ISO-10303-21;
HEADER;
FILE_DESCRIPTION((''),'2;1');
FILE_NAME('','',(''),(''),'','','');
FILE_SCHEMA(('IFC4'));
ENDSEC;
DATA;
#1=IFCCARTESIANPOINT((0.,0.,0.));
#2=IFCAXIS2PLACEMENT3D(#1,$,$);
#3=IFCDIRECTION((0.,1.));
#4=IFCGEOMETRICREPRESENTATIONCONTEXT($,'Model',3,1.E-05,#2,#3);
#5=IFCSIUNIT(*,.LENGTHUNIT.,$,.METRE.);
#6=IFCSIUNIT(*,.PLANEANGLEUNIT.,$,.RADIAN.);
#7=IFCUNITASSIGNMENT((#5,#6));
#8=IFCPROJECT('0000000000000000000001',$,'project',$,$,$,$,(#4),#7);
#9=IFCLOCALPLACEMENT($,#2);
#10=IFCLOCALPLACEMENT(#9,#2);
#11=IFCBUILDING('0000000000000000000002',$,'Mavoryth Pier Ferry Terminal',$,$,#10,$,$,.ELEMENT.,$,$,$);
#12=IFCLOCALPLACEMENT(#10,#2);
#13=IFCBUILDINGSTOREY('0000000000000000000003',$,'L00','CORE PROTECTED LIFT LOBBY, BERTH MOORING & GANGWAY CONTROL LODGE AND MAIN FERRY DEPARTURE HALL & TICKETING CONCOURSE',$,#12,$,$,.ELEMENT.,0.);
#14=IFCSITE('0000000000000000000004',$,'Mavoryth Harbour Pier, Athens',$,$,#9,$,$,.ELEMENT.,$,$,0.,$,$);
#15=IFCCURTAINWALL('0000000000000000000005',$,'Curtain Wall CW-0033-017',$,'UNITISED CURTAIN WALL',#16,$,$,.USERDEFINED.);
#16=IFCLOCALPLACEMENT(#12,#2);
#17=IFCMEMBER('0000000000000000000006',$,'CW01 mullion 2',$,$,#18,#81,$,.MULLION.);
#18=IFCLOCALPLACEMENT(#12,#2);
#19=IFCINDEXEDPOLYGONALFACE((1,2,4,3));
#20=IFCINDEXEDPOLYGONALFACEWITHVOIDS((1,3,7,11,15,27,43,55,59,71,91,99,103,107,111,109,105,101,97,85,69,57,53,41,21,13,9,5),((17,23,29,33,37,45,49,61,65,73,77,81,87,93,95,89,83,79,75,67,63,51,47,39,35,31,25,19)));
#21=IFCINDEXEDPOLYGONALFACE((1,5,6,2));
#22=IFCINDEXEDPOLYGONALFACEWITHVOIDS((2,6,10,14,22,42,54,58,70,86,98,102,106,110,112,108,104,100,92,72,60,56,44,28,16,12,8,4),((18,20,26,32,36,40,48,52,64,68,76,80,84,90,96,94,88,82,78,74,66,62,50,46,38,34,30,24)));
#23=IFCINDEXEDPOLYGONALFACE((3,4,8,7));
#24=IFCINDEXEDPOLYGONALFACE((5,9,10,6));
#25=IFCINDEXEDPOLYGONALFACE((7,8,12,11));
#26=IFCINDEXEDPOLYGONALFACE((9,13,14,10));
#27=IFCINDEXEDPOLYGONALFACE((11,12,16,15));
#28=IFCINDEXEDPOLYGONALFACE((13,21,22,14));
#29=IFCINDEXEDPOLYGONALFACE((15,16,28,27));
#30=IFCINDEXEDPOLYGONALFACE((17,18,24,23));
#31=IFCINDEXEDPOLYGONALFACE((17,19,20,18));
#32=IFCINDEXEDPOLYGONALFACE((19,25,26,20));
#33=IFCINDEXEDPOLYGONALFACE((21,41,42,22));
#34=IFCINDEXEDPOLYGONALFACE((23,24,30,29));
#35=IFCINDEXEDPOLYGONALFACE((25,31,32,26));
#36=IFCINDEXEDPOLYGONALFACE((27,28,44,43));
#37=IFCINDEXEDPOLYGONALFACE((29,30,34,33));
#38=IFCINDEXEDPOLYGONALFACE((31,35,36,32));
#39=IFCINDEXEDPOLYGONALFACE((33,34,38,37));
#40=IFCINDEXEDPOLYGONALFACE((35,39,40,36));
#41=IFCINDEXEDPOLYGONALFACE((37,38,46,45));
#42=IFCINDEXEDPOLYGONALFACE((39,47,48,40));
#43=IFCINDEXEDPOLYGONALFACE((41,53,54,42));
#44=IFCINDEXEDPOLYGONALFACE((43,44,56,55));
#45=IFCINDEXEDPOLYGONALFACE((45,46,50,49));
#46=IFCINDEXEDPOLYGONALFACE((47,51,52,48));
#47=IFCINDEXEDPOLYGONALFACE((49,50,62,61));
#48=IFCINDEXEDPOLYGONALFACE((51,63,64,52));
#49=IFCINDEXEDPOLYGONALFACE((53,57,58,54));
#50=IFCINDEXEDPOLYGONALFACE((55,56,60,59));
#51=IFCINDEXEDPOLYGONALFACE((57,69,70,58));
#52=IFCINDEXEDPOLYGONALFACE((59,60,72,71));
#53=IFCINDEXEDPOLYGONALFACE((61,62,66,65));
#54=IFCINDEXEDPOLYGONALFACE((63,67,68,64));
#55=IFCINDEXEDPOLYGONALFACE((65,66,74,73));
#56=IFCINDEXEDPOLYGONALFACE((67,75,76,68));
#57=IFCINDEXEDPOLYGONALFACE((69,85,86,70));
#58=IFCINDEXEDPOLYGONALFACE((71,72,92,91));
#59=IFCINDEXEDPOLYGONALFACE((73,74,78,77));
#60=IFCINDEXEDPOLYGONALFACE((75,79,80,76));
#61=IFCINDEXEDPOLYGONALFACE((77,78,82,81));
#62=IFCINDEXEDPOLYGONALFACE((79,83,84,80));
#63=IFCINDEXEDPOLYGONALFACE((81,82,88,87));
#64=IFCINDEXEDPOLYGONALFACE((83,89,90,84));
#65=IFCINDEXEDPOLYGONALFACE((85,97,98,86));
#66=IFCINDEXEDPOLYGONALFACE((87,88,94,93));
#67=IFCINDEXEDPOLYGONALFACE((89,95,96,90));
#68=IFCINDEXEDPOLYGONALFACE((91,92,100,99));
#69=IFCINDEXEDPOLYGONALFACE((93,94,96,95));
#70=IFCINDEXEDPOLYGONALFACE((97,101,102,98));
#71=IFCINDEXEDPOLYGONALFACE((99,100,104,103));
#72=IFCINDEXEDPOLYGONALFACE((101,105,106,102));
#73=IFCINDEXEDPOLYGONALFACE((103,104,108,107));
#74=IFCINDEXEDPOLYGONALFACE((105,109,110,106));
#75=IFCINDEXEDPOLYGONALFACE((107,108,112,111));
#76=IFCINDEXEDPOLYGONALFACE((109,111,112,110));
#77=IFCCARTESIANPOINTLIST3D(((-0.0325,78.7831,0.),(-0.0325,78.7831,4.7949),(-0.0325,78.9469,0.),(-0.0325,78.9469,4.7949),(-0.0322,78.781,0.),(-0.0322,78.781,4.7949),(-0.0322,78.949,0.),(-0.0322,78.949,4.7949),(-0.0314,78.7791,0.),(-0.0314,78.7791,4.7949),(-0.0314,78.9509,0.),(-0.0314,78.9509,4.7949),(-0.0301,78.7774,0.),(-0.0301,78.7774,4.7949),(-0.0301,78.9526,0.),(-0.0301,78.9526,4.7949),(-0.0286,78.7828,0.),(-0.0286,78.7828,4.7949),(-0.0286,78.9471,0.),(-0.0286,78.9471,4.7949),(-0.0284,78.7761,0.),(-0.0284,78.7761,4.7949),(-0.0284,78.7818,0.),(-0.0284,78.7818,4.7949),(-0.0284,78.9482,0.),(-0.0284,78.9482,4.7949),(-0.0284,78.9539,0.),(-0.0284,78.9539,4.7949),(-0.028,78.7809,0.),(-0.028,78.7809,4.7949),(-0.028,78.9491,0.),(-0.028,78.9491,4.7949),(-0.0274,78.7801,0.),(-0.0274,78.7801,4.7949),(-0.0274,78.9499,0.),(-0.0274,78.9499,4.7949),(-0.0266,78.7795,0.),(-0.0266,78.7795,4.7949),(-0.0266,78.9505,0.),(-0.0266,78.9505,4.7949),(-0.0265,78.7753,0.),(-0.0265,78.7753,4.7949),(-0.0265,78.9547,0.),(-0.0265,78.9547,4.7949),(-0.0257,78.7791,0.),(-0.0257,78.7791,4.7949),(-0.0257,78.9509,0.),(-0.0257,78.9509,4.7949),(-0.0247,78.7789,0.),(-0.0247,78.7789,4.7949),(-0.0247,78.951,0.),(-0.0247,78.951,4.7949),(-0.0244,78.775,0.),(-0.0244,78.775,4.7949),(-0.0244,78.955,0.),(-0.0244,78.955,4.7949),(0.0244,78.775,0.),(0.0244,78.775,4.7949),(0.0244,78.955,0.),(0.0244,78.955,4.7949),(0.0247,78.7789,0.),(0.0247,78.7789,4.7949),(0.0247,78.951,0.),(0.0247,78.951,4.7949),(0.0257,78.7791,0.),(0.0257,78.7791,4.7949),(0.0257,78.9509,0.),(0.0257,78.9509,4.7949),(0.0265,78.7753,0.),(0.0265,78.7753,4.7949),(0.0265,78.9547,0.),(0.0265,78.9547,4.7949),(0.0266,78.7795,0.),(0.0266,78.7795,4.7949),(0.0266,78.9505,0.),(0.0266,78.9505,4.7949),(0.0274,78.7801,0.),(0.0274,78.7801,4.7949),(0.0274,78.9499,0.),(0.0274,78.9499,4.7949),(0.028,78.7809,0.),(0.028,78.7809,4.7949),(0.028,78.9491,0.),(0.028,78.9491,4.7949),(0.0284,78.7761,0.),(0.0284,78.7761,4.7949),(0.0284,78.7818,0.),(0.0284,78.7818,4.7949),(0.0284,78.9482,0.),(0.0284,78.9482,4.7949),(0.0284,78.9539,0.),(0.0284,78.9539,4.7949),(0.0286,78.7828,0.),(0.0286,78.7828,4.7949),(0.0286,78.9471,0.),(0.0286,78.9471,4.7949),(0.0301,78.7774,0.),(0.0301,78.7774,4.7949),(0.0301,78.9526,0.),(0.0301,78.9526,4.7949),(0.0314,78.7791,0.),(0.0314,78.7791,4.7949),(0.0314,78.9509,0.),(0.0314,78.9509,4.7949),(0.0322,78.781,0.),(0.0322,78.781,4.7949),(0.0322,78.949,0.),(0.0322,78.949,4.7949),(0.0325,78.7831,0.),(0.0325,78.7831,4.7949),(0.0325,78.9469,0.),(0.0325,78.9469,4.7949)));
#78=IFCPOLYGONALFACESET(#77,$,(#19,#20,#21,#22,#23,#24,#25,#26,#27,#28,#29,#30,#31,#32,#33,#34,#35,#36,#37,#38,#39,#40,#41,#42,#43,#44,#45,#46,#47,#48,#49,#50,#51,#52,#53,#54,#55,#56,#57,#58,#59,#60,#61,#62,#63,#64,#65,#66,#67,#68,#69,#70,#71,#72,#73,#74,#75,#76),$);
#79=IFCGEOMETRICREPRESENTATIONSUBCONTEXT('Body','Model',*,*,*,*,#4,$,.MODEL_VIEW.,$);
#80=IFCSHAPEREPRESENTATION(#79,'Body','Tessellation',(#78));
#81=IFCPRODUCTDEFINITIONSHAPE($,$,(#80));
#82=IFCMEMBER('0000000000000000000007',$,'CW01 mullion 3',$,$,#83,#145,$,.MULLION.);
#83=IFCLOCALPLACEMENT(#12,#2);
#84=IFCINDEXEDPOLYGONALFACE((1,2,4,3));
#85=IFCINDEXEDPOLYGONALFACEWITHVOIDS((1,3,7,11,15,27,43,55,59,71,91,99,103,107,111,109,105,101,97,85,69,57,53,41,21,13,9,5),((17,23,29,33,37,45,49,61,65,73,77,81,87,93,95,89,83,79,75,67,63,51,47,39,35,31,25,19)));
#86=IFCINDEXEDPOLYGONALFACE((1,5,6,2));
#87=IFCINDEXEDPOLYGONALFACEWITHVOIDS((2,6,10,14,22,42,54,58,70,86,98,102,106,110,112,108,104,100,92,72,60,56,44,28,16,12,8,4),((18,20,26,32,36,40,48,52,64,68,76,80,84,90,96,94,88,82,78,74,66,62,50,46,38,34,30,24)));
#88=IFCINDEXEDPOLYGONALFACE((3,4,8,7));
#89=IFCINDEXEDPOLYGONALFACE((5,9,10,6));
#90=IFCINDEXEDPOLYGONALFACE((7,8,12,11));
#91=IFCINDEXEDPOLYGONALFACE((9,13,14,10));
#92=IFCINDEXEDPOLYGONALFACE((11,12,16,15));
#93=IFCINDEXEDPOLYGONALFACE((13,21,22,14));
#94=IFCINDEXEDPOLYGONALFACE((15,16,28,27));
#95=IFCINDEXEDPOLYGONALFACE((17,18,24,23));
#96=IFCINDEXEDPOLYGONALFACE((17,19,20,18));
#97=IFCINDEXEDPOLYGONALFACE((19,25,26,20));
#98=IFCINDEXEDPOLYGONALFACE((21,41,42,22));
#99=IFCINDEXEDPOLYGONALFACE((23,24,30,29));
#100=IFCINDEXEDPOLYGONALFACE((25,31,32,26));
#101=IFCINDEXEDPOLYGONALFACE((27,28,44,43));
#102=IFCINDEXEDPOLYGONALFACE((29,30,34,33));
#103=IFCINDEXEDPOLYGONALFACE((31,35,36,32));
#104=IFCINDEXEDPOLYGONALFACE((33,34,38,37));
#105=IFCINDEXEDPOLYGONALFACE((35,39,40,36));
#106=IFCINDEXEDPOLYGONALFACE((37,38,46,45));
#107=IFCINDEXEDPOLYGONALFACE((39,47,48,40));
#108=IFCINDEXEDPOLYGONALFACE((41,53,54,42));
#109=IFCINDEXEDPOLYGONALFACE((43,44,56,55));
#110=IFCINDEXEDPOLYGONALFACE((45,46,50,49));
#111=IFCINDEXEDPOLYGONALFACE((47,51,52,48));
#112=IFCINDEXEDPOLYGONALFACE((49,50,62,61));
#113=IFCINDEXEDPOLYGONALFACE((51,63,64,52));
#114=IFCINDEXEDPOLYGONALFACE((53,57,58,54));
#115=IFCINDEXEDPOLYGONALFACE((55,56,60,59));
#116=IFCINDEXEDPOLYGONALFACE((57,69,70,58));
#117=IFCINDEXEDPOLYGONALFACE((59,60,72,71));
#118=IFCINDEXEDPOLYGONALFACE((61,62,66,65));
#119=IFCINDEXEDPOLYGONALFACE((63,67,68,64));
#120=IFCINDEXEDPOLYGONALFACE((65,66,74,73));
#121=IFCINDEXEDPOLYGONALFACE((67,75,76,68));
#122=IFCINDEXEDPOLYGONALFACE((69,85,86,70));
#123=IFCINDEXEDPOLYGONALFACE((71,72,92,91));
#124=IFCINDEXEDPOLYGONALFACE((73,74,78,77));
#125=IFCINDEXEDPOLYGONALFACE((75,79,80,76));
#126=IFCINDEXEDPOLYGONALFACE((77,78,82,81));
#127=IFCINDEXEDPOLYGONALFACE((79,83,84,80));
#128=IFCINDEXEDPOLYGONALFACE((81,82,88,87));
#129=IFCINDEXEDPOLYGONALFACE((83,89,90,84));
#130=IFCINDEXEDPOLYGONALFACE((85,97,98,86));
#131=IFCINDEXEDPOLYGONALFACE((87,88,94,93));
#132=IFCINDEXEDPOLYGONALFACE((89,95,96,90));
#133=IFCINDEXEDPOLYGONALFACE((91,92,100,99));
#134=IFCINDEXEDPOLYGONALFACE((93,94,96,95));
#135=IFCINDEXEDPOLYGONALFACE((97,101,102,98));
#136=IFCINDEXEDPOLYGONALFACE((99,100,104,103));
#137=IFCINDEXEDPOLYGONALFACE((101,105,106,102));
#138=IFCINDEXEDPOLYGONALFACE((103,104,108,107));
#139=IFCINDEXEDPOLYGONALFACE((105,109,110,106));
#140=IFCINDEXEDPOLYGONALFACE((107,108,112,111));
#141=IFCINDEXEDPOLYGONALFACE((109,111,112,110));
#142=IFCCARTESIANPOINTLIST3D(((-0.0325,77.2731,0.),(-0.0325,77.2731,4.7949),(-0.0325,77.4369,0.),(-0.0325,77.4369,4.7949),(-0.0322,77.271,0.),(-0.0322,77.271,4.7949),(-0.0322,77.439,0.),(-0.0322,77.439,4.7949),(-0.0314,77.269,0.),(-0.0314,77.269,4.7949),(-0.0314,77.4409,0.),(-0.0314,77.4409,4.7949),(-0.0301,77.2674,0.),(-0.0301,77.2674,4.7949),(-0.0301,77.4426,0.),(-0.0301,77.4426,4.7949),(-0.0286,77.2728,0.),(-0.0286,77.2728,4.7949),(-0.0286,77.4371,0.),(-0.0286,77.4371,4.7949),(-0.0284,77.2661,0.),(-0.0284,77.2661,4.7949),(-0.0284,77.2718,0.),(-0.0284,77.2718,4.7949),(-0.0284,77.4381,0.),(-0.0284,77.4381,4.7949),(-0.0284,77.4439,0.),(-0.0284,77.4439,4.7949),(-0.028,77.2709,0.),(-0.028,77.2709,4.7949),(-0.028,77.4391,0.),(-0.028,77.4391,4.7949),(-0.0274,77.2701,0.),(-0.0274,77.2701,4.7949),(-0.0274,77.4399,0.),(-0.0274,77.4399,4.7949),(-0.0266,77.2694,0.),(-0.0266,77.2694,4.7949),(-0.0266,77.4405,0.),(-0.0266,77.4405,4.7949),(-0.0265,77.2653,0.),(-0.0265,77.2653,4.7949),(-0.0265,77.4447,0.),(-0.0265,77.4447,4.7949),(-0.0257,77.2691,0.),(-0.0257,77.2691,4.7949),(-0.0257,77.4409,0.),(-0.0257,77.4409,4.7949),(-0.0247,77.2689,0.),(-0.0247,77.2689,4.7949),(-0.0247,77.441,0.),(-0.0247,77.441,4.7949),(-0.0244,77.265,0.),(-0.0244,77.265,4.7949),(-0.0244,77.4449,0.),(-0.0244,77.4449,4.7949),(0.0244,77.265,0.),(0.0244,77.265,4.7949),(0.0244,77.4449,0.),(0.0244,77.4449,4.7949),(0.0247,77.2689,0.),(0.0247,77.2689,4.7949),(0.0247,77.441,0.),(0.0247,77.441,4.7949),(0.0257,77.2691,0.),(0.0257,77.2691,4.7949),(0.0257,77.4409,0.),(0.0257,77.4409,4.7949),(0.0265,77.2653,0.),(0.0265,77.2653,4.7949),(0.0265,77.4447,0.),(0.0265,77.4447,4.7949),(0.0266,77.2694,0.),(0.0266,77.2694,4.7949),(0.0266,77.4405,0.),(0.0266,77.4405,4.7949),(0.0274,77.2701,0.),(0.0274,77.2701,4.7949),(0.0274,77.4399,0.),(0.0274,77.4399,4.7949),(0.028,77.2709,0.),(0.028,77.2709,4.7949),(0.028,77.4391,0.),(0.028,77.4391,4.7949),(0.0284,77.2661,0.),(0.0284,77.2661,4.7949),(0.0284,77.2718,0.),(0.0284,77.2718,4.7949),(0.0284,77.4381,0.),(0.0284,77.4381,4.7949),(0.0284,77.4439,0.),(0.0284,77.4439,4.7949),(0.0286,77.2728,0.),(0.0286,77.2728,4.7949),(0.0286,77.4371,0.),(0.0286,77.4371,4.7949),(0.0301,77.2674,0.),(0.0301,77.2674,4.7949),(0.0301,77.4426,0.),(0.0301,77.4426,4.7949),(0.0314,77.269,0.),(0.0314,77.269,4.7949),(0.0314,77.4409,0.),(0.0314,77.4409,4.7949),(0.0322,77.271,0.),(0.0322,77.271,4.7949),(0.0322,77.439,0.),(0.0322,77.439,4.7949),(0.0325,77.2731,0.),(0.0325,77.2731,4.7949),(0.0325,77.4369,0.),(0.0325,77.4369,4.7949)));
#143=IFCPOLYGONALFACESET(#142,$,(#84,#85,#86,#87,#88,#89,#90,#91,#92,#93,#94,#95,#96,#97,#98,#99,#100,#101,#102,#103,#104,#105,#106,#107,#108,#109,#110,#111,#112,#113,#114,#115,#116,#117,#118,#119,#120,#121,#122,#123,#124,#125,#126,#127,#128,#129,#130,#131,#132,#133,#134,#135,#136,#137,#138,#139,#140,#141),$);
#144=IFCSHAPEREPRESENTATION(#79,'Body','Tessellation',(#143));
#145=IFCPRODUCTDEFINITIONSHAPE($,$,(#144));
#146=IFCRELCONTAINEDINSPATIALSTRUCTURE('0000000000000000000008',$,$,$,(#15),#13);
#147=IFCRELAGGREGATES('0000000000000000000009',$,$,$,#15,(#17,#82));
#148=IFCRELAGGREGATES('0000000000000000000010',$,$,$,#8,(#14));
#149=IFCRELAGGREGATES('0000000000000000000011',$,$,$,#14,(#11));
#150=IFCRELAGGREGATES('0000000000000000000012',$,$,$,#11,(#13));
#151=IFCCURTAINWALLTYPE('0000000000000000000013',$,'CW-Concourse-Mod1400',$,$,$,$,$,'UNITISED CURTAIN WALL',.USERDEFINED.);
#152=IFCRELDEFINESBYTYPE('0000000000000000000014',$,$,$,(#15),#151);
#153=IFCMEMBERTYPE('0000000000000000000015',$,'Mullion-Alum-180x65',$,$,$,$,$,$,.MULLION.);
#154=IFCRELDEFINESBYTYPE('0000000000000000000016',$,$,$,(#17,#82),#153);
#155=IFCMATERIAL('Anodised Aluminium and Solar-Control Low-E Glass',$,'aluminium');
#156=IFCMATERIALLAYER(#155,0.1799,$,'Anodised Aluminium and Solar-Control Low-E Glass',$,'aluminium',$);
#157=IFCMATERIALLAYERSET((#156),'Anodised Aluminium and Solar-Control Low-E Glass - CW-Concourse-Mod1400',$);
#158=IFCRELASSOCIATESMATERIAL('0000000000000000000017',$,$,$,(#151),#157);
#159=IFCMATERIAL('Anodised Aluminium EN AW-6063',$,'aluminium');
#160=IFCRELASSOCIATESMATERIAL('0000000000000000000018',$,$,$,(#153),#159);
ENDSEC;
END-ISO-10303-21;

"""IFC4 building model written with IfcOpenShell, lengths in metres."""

from ifc_helpers import new_model, si_unit, direction, frame, origin, origin_2d, place, context, subcontext, project, spatial, hollow_rectangle, extrude, material, layer, layer_set, material_profile, profile_set, type_object, element, aggregate, save


model = new_model("IFC4")

# Units and contexts
model_context = context("Model", 3, precision=1e-05, world=origin(), true_north=direction((0.0, 1.0)))
body_context = subcontext(model_context, "Body", "Model", "MODEL_VIEW")
ifc_project = project(units=[si_unit("LENGTHUNIT", "METRE"), si_unit("PLANEANGLEUNIT", "RADIAN")], contexts=[model_context])

# Site, building, storey
site_placement = place(None, origin())
site = spatial("IfcSite", under=ifc_project, at=site_placement, Name="Mavoryth Harbour Pier, Athens", CompositionType="ELEMENT", RefElevation=0.0)
building_placement = place(site_placement, origin())
building = spatial("IfcBuilding", under=site, at=building_placement, Name="Mavoryth Pier Ferry Terminal", CompositionType="ELEMENT")
storey_placement = place(building_placement, origin())
storey = spatial("IfcBuildingStorey", under=building, at=storey_placement, Name="L00", Description="CORE PROTECTED LIFT LOBBY, BERTH MOORING & GANGWAY CONTROL LODGE AND MAIN FERRY DEPARTURE HALL & TICKETING CONCOURSE", CompositionType="ELEMENT", Elevation=0.0)

# Curtain wall, members
ifc_material_1 = material(Name="Anodised Aluminium and Solar-Control Low-E Glass", Category="aluminium")
ifc_layer_1 = layer(ifc_material_1, 0.1799, Name="Anodised Aluminium and Solar-Control Low-E Glass", Category="aluminium")
ifc_layer_set_1 = layer_set([ifc_layer_1], Name="Anodised Aluminium and Solar-Control Low-E Glass - CW-Concourse-Mod1400")
curtain_wall_type = type_object("IfcCurtainWallType", Name="CW-Concourse-Mod1400", ElementType="UNITISED CURTAIN WALL", PredefinedType="USERDEFINED", material=ifc_layer_set_1)
curtain_wall_placement = place(storey_placement, origin())
curtain_wall = element("IfcCurtainWall", 1, at=curtain_wall_placement, inside=storey, type_object=curtain_wall_type, Name="Curtain Wall CW-0033-017", ObjectType="UNITISED CURTAIN WALL", PredefinedType="USERDEFINED")
ifc_material_2 = material(Name="Anodised Aluminium EN AW-6063", Category="aluminium")
ifc_material_profile_1 = material_profile(ifc_material_2, hollow_rectangle(XDim=0.0649, YDim=0.1799, WallThickness=0.0039, InnerFilletRadius=0.0039, OuterFilletRadius=0.0081, at=origin_2d()), Name="AL-MULL 180x65x4", Category="aluminium")
ifc_profile_set_1 = profile_set([ifc_material_profile_1], Name="Anodised Aluminium EN AW-6063 - AL-MULL 180x65x4")
member_type_1 = type_object("IfcMemberType", Name="Mullion-Alum-180x65", PredefinedType="MULLION", material=ifc_profile_set_1)
member_1_placement = place(storey_placement, frame((0.0, 78.865, 0.0), z_axis=(0.0, 0.0, 1.0), x_axis=(1.0, 0.0, 0.0)))
member_1 = element("IfcMember", 2, at=member_1_placement, type_object=member_type_1, Name="CW01 mullion 2", PredefinedType="MULLION", context=body_context, shape_type="SweptSolid", body=[
    extrude(hollow_rectangle(XDim=0.0649, YDim=0.1799, WallThickness=0.0039, InnerFilletRadius=0.0039, OuterFilletRadius=0.0081, at=origin_2d()), origin(), (0.0, 0.0, 1.0), 4.7949),
])
member_2_placement = place(storey_placement, frame((0.0, 77.355, 0.0), z_axis=(0.0, 0.0, 1.0), x_axis=(1.0, 0.0, 0.0)))
member_2 = element("IfcMember", 3, at=member_2_placement, type_object=member_type_1, Name="CW01 mullion 3", PredefinedType="MULLION", context=body_context, shape_type="SweptSolid", body=[
    extrude(hollow_rectangle(XDim=0.0649, YDim=0.1799, WallThickness=0.0039, InnerFilletRadius=0.0039, OuterFilletRadius=0.0081, at=origin_2d()), origin(), (0.0, 0.0, 1.0), 4.7949),
])
aggregate(curtain_wall, [member_1, member_2])

save(model, "model.ifc")
